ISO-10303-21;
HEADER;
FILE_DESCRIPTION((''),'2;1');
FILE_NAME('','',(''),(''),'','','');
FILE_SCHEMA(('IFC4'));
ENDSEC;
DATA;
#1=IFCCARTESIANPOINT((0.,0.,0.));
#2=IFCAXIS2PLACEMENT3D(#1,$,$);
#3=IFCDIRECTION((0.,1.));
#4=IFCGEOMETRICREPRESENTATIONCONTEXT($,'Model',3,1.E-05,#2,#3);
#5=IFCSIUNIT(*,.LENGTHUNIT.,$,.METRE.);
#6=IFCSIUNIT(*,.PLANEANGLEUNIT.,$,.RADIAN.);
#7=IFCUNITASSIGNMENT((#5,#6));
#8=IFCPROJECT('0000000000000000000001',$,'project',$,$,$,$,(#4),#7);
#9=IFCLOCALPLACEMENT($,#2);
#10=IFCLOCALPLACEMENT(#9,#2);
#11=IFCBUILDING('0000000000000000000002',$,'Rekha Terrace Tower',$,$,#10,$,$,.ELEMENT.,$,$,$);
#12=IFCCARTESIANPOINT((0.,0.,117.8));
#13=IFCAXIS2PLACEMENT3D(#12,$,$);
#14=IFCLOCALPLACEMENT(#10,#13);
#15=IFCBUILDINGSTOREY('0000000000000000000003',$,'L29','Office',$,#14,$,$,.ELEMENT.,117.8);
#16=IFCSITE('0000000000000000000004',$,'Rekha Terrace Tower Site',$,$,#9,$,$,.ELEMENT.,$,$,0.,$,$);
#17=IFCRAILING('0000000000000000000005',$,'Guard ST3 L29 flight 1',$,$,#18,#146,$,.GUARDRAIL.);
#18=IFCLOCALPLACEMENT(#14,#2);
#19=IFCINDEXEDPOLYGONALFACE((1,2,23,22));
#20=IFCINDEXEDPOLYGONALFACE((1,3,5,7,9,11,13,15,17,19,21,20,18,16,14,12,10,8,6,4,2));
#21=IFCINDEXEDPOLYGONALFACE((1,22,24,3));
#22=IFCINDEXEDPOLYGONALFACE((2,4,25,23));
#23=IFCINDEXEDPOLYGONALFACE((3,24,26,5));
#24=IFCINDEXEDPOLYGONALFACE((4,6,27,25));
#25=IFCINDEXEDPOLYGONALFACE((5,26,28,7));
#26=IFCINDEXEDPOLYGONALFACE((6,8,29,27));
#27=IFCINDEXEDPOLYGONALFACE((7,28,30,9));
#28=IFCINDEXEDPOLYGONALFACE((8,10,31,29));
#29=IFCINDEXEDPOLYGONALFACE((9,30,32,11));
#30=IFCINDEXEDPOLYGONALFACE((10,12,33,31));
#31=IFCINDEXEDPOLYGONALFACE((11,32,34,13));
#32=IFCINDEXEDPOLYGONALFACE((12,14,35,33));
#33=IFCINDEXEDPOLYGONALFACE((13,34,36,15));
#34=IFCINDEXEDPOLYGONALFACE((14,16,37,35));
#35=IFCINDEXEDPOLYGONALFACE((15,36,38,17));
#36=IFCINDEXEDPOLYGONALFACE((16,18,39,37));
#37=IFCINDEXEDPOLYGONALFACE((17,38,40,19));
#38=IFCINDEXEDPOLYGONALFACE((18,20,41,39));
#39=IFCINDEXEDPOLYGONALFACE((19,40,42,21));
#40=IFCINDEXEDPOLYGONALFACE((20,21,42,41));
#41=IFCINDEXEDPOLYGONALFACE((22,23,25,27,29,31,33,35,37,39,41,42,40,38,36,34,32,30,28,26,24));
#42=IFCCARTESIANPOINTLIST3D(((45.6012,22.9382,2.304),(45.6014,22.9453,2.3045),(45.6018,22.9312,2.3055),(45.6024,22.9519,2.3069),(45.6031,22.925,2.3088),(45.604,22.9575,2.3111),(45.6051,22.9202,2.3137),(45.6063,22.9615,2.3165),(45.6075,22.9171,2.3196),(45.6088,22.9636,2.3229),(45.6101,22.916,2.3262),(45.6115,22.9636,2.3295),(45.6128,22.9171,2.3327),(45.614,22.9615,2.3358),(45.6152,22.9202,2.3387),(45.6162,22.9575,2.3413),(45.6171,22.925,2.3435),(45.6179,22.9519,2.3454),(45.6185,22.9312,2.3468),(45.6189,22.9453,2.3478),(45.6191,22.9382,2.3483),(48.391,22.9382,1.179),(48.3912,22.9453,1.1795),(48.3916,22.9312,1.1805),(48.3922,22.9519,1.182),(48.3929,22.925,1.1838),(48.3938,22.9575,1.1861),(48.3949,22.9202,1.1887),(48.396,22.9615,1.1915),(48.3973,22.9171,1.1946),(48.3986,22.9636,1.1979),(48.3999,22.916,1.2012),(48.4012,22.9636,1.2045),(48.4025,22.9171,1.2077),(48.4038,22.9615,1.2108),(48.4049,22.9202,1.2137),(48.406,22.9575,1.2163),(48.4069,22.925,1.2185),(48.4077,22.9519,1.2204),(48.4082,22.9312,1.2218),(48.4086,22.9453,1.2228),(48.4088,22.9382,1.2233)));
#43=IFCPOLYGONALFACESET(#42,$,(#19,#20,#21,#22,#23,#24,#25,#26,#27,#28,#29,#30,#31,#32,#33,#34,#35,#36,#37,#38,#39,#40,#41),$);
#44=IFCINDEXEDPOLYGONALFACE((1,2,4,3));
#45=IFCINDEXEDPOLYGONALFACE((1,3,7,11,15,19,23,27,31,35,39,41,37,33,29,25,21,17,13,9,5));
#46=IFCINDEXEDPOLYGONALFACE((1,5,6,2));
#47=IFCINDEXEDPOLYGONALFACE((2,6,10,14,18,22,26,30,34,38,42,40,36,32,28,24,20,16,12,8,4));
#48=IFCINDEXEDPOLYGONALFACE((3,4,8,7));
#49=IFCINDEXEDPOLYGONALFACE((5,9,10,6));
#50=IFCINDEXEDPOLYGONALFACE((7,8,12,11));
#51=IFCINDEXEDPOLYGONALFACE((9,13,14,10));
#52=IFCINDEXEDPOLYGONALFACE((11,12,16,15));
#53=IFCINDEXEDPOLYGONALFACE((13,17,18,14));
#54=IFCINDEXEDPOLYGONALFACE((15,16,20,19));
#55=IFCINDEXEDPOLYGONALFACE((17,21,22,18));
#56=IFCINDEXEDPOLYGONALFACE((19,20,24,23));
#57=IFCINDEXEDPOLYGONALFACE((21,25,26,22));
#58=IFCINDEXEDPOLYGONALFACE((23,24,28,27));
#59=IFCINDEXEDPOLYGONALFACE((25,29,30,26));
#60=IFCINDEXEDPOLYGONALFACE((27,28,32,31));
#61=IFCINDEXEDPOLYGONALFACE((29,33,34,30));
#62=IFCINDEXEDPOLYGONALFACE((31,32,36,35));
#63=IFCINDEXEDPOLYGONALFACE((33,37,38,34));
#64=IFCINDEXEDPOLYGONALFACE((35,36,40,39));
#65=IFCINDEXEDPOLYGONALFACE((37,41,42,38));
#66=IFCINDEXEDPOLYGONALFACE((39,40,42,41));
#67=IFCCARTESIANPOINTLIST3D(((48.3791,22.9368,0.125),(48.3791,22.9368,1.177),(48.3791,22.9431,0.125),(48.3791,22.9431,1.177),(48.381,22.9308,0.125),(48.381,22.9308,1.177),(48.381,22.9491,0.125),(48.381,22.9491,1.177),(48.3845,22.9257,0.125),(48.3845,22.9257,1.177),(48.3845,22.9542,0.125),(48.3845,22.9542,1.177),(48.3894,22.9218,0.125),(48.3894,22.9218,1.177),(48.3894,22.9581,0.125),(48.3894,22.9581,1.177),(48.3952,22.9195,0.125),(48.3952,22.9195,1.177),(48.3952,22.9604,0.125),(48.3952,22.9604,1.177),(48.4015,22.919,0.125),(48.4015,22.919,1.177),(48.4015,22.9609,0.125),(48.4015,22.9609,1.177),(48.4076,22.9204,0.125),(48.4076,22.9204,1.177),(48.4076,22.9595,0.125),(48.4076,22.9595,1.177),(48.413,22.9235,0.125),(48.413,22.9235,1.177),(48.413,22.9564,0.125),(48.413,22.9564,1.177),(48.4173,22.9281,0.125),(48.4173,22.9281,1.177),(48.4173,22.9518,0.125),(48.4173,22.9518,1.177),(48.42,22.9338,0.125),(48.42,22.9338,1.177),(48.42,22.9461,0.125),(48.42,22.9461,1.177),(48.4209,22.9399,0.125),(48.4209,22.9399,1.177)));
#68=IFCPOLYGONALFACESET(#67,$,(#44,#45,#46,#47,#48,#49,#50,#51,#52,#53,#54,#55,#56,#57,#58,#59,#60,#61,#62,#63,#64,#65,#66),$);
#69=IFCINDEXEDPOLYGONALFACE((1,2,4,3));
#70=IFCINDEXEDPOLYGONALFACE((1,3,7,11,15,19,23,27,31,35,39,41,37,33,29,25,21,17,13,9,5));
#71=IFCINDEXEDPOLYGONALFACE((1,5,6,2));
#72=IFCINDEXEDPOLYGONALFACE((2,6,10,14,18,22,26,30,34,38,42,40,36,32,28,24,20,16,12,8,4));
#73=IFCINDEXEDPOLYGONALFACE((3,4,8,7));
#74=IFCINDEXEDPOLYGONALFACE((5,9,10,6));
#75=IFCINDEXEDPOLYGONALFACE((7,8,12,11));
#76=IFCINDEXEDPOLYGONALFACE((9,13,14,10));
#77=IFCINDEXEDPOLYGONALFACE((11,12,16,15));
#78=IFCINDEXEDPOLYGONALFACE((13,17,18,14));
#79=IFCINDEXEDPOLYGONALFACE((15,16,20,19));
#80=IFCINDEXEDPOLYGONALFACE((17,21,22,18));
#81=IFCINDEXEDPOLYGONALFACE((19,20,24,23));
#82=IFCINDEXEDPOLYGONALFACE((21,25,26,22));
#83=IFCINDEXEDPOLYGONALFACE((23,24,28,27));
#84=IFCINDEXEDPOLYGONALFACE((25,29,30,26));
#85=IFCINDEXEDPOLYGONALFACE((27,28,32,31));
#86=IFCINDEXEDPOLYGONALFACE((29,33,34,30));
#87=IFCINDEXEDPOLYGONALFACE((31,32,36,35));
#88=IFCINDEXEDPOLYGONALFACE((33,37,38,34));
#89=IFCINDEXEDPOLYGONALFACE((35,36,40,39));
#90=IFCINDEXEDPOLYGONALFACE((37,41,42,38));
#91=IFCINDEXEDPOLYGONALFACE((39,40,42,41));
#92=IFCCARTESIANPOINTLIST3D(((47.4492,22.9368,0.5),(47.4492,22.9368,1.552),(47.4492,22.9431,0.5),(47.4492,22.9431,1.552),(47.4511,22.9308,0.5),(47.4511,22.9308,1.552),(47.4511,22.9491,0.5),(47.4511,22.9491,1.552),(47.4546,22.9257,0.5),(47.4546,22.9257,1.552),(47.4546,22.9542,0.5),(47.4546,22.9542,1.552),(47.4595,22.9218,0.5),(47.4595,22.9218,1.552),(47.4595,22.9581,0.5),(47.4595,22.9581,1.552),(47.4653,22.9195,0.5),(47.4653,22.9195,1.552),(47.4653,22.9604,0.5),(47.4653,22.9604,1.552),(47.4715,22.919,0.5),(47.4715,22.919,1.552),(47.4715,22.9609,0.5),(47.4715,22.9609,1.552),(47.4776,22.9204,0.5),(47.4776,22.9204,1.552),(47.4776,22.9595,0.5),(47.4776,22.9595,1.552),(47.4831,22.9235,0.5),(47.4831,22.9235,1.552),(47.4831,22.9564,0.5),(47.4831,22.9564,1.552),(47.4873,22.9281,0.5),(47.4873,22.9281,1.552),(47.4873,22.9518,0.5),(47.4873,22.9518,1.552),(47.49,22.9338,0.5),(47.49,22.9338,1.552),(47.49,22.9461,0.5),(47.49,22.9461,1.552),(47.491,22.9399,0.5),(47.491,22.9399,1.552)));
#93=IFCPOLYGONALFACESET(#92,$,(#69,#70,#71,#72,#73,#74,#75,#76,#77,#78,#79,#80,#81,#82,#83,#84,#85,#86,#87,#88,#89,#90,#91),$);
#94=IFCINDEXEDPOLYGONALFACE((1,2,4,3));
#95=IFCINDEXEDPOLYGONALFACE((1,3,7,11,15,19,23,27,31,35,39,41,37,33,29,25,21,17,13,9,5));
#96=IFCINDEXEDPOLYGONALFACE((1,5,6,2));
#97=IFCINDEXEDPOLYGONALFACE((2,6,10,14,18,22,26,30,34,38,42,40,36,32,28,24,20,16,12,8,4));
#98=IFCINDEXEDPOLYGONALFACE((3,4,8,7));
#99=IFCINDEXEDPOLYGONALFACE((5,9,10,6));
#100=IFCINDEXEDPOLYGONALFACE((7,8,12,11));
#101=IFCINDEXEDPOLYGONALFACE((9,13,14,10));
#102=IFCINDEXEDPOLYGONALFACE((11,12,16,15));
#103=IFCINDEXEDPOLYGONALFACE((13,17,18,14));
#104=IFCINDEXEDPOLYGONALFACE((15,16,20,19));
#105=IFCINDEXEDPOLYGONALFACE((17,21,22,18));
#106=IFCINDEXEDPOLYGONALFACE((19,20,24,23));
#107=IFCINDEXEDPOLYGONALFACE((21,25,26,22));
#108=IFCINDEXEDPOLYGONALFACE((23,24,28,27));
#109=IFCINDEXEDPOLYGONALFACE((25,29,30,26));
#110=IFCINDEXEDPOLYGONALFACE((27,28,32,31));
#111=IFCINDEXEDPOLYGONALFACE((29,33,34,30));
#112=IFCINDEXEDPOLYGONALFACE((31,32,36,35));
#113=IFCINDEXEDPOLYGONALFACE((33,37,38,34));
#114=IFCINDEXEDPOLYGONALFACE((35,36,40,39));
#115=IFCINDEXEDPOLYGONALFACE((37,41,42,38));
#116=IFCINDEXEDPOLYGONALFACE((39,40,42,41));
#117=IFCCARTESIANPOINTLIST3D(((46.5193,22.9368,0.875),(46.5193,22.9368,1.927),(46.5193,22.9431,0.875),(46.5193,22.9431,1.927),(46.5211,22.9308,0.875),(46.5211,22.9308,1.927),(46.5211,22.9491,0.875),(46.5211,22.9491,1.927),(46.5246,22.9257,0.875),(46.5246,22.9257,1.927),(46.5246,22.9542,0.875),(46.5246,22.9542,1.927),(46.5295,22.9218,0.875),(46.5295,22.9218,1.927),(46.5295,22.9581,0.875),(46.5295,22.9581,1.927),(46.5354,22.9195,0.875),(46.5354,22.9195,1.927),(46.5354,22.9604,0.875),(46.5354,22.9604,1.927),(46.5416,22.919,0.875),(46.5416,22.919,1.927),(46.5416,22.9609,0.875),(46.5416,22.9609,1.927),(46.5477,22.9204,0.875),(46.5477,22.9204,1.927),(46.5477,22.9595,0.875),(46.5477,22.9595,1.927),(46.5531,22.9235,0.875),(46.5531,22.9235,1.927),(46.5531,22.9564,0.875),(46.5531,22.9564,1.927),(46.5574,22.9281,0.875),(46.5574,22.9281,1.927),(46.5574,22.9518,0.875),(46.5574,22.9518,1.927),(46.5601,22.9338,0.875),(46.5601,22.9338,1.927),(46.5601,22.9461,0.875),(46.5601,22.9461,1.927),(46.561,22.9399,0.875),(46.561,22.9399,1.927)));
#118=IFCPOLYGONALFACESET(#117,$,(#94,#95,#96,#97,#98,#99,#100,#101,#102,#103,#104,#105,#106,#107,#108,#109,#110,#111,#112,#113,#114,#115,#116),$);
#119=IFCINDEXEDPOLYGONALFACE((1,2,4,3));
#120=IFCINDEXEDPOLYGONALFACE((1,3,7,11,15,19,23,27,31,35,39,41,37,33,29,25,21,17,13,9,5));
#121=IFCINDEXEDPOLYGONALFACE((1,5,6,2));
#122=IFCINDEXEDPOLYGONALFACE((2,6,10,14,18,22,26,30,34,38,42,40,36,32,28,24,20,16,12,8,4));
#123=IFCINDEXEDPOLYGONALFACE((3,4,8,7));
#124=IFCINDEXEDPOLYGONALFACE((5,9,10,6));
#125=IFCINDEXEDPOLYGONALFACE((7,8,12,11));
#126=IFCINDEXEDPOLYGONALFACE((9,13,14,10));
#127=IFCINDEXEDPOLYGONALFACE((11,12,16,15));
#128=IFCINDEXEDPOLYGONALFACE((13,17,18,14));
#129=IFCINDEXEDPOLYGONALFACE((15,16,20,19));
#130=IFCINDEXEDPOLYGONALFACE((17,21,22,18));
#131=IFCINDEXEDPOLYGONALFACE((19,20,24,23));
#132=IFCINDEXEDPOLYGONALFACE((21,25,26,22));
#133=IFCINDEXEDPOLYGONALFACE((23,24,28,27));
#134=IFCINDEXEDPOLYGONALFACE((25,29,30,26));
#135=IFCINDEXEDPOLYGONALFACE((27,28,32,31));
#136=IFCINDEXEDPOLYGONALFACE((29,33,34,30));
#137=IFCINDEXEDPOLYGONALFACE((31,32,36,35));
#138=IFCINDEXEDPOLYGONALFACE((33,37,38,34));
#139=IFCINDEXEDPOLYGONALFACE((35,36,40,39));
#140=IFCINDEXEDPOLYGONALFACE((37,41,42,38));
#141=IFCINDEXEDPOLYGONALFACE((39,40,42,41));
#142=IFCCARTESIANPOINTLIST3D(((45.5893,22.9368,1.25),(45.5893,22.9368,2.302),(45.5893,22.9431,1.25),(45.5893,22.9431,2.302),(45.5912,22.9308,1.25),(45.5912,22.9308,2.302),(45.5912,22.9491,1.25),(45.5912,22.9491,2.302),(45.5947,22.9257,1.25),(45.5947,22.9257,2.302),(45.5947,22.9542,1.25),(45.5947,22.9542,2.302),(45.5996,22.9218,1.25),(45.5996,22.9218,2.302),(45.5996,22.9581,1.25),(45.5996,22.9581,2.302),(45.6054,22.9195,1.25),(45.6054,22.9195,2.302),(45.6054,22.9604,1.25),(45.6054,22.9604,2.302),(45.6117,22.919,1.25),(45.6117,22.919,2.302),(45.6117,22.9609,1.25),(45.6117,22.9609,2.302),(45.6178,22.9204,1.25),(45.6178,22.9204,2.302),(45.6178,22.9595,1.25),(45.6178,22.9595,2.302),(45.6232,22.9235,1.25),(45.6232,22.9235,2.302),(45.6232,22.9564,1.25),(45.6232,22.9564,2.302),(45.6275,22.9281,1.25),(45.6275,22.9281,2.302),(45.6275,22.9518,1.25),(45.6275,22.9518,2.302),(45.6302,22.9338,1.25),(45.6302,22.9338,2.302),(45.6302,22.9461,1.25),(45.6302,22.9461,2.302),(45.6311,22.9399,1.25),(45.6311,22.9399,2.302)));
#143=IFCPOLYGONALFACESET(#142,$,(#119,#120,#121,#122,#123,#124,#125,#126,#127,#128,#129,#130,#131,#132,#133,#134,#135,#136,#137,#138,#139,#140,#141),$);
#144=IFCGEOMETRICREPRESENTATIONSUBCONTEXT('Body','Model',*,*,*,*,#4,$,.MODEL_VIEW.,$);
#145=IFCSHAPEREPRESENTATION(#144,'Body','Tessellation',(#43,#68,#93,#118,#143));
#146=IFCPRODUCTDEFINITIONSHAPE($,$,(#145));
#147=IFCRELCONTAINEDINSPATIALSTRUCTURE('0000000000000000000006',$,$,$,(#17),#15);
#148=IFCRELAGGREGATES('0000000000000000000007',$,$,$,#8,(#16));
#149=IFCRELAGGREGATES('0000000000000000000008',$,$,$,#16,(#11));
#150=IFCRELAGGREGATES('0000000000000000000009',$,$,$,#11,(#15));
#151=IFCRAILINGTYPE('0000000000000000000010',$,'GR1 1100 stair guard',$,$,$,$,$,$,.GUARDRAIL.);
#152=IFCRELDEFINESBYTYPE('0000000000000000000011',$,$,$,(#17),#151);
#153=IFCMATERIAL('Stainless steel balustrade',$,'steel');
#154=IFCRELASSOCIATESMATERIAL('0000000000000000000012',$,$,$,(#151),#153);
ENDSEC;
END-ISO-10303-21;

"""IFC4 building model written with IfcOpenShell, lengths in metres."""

from ifc_helpers import new_model, si_unit, direction, frame, origin, origin_2d, place, context, subcontext, project, spatial, circle, extrude, material, type_object, element, save


model = new_model("IFC4")

# Units and contexts
model_context = context("Model", 3, precision=1e-05, world=origin(), true_north=direction((0.0, 1.0)))
body_context = subcontext(model_context, "Body", "Model", "MODEL_VIEW")
ifc_project = project(units=[si_unit("LENGTHUNIT", "METRE"), si_unit("PLANEANGLEUNIT", "RADIAN")], contexts=[model_context])

# Site, building, storey
site_placement = place(None, origin())
site = spatial("IfcSite", under=ifc_project, at=site_placement, Name="Rekha Terrace Tower Site", CompositionType="ELEMENT", RefElevation=0.0)
building_placement = place(site_placement, origin())
building = spatial("IfcBuilding", under=site, at=building_placement, Name="Rekha Terrace Tower", CompositionType="ELEMENT")
storey_placement = place(building_placement, frame((0.0, 0.0, 117.8)))
storey = spatial("IfcBuildingStorey", under=building, at=storey_placement, Name="L29", Description="Office", CompositionType="ELEMENT", Elevation=117.8)

# Railing
ifc_material_1 = material(Name="Stainless steel balustrade", Category="steel")
railing_type_1 = type_object("IfcRailingType", Name="GR1 1100 stair guard", PredefinedType="GUARDRAIL", material=ifc_material_1)
railing_1_placement = place(storey_placement, frame((48.3999, 22.9399, 0.125)))
element("IfcRailing", 1, at=railing_1_placement, inside=storey, type_object=railing_type_1, Name="Guard ST3 L29 flight 1", PredefinedType="GUARDRAIL", context=body_context, shape_type="SweptSolid", body=[
    extrude(circle(Radius=0.0239, at=origin_2d()), frame((0.0, 0.0, 1.0762), z_axis=(-0.927432, 0.0, 0.373992), x_axis=(0.0, -1.0, 0.0)), (0.0, 0.0, 1.0), 3.0081),
    extrude(circle(Radius=0.021, at=origin_2d()), origin(), (0.0, 0.0, 1.0), 1.052),
    extrude(circle(Radius=0.021, at=origin_2d()), frame((-0.9299, 0.0, 0.375)), (0.0, 0.0, 1.0), 1.052),
    extrude(circle(Radius=0.021, at=origin_2d()), frame((-1.8599, 0.0, 0.75)), (0.0, 0.0, 1.0), 1.052),
    extrude(circle(Radius=0.021, at=origin_2d()), frame((-2.7898, 0.0, 1.125)), (0.0, 0.0, 1.0), 1.052),
])

save(model, "model.ifc")
